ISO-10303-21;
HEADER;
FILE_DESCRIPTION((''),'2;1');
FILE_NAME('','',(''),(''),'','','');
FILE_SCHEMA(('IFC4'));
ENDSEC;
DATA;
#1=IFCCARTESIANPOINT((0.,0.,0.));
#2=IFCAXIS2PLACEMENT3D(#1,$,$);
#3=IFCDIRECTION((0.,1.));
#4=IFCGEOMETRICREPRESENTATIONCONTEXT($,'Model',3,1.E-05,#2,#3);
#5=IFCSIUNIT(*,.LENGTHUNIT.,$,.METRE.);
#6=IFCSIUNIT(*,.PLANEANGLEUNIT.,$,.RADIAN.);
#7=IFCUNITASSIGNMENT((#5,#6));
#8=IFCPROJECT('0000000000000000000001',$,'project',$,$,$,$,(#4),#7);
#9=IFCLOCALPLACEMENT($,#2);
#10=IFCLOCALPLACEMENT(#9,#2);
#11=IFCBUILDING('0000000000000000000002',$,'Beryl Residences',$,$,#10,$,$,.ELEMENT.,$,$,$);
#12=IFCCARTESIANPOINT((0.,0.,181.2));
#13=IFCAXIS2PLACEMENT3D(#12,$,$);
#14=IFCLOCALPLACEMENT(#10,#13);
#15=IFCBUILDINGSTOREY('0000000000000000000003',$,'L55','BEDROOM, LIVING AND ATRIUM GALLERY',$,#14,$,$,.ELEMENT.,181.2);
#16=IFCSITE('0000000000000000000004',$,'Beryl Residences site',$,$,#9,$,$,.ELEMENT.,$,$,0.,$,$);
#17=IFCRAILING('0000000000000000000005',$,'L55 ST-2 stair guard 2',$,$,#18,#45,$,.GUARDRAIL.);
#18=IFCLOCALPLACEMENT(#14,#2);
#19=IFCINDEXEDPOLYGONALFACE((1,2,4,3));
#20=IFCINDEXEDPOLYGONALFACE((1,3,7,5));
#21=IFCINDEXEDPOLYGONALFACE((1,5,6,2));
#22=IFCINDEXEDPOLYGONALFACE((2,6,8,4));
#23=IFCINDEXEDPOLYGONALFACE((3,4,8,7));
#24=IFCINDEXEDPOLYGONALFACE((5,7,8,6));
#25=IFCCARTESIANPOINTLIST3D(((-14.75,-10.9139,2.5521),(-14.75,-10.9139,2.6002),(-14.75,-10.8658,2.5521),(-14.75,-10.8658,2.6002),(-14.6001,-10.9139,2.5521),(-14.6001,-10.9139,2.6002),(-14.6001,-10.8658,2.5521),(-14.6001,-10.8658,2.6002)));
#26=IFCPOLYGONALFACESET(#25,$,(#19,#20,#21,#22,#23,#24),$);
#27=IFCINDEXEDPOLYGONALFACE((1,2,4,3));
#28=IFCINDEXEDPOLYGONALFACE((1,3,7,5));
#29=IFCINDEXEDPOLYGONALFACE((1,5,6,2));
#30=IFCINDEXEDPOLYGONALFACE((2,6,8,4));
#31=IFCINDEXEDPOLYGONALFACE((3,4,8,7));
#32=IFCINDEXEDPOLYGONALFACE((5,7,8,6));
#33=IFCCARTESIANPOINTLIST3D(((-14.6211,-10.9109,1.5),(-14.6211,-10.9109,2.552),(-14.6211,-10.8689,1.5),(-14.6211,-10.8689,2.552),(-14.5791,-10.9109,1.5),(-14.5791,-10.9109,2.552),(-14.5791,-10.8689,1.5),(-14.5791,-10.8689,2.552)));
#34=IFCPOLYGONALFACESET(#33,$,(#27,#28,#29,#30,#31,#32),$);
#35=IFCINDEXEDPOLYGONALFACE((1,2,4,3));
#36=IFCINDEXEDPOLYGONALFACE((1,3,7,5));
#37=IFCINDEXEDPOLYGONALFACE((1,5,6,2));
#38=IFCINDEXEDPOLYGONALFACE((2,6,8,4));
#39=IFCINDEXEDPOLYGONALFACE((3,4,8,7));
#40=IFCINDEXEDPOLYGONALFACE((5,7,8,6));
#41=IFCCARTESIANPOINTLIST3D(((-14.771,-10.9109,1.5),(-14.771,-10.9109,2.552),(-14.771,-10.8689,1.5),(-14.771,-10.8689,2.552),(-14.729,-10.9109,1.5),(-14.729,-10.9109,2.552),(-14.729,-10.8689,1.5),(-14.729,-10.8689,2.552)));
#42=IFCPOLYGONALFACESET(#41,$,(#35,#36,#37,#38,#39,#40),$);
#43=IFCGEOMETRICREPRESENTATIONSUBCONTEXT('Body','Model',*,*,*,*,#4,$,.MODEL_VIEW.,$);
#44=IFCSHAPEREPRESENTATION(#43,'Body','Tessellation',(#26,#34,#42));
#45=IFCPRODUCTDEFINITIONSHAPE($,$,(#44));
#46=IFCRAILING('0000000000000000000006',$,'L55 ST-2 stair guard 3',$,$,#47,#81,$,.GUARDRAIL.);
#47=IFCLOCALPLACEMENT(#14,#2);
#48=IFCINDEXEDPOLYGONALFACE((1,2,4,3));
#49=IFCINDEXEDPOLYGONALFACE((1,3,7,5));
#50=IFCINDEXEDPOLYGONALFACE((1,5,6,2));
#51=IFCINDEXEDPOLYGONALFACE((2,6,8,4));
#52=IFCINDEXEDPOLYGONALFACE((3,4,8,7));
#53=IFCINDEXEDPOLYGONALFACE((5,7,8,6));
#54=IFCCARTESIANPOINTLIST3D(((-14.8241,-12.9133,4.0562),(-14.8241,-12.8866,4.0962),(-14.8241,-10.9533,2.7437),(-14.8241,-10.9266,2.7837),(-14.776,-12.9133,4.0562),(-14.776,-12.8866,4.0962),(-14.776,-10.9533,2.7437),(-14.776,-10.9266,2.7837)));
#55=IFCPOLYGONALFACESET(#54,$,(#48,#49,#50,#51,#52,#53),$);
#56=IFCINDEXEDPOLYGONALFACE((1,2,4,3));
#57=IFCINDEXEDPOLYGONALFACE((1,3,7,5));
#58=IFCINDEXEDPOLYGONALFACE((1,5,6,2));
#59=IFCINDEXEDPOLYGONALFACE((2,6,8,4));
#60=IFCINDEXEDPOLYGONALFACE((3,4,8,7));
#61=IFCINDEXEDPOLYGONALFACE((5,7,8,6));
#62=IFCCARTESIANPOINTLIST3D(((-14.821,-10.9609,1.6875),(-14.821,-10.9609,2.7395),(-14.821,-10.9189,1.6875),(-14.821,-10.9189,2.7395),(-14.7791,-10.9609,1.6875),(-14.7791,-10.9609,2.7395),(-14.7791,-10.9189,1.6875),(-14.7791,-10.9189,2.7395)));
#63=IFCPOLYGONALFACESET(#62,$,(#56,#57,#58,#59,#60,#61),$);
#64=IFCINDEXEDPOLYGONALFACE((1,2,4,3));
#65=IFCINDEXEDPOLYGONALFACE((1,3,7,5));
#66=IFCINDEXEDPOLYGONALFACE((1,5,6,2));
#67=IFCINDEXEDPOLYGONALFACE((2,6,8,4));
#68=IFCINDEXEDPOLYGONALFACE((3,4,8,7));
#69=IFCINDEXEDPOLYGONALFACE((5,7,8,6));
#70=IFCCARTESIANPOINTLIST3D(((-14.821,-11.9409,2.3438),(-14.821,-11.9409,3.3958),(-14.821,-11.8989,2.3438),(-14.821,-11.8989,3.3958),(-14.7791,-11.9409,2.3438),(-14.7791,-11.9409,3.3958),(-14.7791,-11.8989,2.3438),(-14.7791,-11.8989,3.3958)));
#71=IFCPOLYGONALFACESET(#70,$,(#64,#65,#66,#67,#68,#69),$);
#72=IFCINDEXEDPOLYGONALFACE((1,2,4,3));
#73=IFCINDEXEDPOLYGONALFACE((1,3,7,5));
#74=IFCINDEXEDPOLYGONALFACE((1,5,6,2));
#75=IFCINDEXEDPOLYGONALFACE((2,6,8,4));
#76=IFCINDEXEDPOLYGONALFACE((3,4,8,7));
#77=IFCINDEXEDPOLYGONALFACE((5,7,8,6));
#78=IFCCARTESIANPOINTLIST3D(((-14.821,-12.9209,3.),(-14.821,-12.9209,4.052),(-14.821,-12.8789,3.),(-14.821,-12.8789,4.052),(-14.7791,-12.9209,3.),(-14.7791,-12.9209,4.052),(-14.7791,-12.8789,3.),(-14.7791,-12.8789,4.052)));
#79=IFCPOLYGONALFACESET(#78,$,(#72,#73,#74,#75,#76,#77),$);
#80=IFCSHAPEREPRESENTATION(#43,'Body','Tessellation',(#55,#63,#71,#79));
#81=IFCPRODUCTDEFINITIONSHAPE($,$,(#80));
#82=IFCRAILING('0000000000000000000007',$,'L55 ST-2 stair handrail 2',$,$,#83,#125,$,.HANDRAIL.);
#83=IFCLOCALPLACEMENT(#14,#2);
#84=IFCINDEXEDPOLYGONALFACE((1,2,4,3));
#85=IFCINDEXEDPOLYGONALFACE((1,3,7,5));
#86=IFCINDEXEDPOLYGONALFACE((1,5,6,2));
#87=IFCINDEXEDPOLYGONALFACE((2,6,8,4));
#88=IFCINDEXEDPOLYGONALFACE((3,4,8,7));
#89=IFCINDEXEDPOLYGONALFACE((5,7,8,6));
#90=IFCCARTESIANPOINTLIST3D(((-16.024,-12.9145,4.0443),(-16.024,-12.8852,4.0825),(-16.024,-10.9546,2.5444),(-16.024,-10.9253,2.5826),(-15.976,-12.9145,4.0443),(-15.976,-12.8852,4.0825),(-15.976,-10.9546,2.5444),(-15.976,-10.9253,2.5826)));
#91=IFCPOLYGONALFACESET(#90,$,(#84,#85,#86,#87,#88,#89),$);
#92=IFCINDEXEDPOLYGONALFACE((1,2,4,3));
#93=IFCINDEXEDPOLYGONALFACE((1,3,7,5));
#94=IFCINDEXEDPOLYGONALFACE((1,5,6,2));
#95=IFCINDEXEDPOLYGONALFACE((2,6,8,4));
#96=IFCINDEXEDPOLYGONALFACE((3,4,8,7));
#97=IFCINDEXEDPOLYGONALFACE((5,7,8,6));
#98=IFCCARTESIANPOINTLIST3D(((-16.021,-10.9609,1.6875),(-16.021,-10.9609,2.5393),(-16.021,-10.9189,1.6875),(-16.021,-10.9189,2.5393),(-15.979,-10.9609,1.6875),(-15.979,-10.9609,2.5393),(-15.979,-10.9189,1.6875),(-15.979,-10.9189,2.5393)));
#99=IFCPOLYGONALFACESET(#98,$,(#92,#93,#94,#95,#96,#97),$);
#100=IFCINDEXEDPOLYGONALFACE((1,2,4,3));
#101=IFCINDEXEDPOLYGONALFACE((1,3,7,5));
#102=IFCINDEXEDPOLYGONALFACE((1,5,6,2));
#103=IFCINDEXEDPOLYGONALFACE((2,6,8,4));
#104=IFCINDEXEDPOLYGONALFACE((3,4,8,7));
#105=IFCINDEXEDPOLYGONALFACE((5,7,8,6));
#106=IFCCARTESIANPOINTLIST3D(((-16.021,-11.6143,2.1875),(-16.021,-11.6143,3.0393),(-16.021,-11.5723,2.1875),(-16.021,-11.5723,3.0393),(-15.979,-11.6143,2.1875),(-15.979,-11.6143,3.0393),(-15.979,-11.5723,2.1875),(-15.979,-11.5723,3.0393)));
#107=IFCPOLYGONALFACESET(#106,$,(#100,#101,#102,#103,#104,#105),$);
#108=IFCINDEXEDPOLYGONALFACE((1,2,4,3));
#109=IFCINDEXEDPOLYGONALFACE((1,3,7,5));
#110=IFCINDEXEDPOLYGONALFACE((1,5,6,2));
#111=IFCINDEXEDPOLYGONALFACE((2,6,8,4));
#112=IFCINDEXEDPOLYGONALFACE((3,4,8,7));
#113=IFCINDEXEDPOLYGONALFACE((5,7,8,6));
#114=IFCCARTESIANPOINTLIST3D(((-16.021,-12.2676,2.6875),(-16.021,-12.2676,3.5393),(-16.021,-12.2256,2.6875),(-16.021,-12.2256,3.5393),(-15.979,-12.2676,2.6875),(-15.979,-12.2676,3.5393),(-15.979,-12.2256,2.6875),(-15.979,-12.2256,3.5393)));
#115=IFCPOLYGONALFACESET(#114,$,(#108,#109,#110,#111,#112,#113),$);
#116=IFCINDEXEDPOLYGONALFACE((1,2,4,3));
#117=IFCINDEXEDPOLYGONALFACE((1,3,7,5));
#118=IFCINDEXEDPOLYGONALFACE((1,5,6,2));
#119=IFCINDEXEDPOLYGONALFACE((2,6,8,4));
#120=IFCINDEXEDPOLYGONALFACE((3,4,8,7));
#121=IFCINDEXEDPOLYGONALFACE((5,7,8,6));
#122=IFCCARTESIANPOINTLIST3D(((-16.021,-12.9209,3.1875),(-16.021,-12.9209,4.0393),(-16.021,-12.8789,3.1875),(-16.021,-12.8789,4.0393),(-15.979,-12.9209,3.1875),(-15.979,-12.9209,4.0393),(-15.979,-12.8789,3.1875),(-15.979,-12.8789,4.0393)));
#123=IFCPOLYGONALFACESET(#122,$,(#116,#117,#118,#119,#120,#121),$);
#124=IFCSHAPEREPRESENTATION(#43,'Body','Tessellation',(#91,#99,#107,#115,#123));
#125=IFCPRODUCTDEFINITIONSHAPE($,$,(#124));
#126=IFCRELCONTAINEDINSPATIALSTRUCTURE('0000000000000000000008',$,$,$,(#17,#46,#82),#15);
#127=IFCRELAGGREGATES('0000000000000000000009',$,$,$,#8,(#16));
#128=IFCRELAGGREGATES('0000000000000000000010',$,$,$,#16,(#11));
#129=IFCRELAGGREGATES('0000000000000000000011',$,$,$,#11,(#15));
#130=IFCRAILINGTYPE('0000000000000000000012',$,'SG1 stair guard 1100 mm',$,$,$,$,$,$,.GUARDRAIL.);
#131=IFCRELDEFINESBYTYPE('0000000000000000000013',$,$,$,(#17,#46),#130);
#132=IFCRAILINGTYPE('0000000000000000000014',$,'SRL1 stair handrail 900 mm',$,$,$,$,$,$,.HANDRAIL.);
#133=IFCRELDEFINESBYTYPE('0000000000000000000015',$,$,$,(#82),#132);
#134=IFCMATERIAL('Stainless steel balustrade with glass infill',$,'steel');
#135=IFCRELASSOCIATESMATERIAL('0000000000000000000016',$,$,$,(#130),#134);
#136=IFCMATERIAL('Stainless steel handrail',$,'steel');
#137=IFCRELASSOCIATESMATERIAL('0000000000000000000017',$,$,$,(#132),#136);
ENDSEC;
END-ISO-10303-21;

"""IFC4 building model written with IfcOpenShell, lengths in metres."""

from ifc_helpers import new_model, si_unit, direction, frame, origin, origin_2d, place, context, subcontext, project, spatial, rectangle, extrude, material, type_object, element, save


model = new_model("IFC4")

# Units and contexts
model_context = context("Model", 3, precision=1e-05, world=origin(), true_north=direction((0.0, 1.0)))
body_context = subcontext(model_context, "Body", "Model", "MODEL_VIEW")
ifc_project = project(units=[si_unit("LENGTHUNIT", "METRE"), si_unit("PLANEANGLEUNIT", "RADIAN")], contexts=[model_context])

# Site, building, storey
site_placement = place(None, origin())
site = spatial("IfcSite", under=ifc_project, at=site_placement, Name="Beryl Residences site", CompositionType="ELEMENT", RefElevation=0.0)
building_placement = place(site_placement, origin())
building = spatial("IfcBuilding", under=site, at=building_placement, Name="Beryl Residences", CompositionType="ELEMENT")
storey_placement = place(building_placement, frame((0.0, 0.0, 181.2)))
storey = spatial("IfcBuildingStorey", under=building, at=storey_placement, Name="L55", Description="BEDROOM, LIVING AND ATRIUM GALLERY", CompositionType="ELEMENT", Elevation=181.2)

# Railings
ifc_material_1 = material(Name="Stainless steel balustrade with glass infill", Category="steel")
railing_type_1 = type_object("IfcRailingType", Name="SG1 stair guard 1100 mm", PredefinedType="GUARDRAIL", material=ifc_material_1)
railing_1_placement = place(storey_placement, frame((-14.6001, -10.8899, 1.5)))
element("IfcRailing", 1, at=railing_1_placement, inside=storey, type_object=railing_type_1, Name="L55 ST-2 stair guard 2", PredefinedType="GUARDRAIL", context=body_context, shape_type="SweptSolid", body=[
    extrude(rectangle(XDim=0.0481, YDim=0.0481, at=origin_2d()), frame((0.0, 0.0, 1.0762), z_axis=(-1.0, 0.0, 0.0), x_axis=(0.0, -1.0, 0.0)), (0.0, 0.0, 1.0), 0.1499),
    extrude(rectangle(XDim=0.042, YDim=0.042, at=origin_2d()), origin(), (0.0, 0.0, 1.0), 1.052),
    extrude(rectangle(XDim=0.042, YDim=0.042, at=origin_2d()), frame((-0.1499, 0.0, 0.0)), (0.0, 0.0, 1.0), 1.052),
])
railing_2_placement = place(storey_placement, frame((-14.8, -10.9399, 1.6875)))
element("IfcRailing", 2, at=railing_2_placement, inside=storey, type_object=railing_type_1, Name="L55 ST-2 stair guard 3", PredefinedType="GUARDRAIL", context=body_context, shape_type="SweptSolid", body=[
    extrude(rectangle(XDim=0.0481, YDim=0.0481, at=origin_2d()), frame((0.0, 0.0, 1.0762), z_axis=(0.0, -0.830902, 0.556419), x_axis=(1.0, 0.0, 0.0)), (0.0, 0.0, 1.0), 2.3589),
    extrude(rectangle(XDim=0.042, YDim=0.042, at=origin_2d()), origin(), (0.0, 0.0, 1.0), 1.052),
    extrude(rectangle(XDim=0.042, YDim=0.042, at=origin_2d()), frame((0.0, -0.98, 0.6562)), (0.0, 0.0, 1.0), 1.052),
    extrude(rectangle(XDim=0.042, YDim=0.042, at=origin_2d()), frame((0.0, -1.96, 1.3125)), (0.0, 0.0, 1.0), 1.052),
])
ifc_material_2 = material(Name="Stainless steel handrail", Category="steel")
railing_type_2 = type_object("IfcRailingType", Name="SRL1 stair handrail 900 mm", PredefinedType="HANDRAIL", material=ifc_material_2)
railing_3_placement = place(storey_placement, frame((-16.0, -10.9399, 1.6875)))
element("IfcRailing", 3, at=railing_3_placement, inside=storey, type_object=railing_type_2, Name="L55 ST-2 stair handrail 2", PredefinedType="HANDRAIL", context=body_context, shape_type="SweptSolid", body=[
    extrude(rectangle(XDim=0.0481, YDim=0.0481, at=origin_2d()), frame((0.0, 0.0, 0.876), z_axis=(0.0, -0.794122, 0.607758), x_axis=(1.0, 0.0, 0.0)), (0.0, 0.0, 1.0), 2.468),
    extrude(rectangle(XDim=0.042, YDim=0.042, at=origin_2d()), origin(), (0.0, 0.0, 1.0), 0.8518),
    extrude(rectangle(XDim=0.042, YDim=0.042, at=origin_2d()), frame((0.0, -0.6533, 0.5)), (0.0, 0.0, 1.0), 0.8518),
    extrude(rectangle(XDim=0.042, YDim=0.042, at=origin_2d()), frame((0.0, -1.3066, 1.0)), (0.0, 0.0, 1.0), 0.8518),
    extrude(rectangle(XDim=0.042, YDim=0.042, at=origin_2d()), frame((0.0, -1.96, 1.5)), (0.0, 0.0, 1.0), 0.8518),
])

save(model, "model.ifc")
